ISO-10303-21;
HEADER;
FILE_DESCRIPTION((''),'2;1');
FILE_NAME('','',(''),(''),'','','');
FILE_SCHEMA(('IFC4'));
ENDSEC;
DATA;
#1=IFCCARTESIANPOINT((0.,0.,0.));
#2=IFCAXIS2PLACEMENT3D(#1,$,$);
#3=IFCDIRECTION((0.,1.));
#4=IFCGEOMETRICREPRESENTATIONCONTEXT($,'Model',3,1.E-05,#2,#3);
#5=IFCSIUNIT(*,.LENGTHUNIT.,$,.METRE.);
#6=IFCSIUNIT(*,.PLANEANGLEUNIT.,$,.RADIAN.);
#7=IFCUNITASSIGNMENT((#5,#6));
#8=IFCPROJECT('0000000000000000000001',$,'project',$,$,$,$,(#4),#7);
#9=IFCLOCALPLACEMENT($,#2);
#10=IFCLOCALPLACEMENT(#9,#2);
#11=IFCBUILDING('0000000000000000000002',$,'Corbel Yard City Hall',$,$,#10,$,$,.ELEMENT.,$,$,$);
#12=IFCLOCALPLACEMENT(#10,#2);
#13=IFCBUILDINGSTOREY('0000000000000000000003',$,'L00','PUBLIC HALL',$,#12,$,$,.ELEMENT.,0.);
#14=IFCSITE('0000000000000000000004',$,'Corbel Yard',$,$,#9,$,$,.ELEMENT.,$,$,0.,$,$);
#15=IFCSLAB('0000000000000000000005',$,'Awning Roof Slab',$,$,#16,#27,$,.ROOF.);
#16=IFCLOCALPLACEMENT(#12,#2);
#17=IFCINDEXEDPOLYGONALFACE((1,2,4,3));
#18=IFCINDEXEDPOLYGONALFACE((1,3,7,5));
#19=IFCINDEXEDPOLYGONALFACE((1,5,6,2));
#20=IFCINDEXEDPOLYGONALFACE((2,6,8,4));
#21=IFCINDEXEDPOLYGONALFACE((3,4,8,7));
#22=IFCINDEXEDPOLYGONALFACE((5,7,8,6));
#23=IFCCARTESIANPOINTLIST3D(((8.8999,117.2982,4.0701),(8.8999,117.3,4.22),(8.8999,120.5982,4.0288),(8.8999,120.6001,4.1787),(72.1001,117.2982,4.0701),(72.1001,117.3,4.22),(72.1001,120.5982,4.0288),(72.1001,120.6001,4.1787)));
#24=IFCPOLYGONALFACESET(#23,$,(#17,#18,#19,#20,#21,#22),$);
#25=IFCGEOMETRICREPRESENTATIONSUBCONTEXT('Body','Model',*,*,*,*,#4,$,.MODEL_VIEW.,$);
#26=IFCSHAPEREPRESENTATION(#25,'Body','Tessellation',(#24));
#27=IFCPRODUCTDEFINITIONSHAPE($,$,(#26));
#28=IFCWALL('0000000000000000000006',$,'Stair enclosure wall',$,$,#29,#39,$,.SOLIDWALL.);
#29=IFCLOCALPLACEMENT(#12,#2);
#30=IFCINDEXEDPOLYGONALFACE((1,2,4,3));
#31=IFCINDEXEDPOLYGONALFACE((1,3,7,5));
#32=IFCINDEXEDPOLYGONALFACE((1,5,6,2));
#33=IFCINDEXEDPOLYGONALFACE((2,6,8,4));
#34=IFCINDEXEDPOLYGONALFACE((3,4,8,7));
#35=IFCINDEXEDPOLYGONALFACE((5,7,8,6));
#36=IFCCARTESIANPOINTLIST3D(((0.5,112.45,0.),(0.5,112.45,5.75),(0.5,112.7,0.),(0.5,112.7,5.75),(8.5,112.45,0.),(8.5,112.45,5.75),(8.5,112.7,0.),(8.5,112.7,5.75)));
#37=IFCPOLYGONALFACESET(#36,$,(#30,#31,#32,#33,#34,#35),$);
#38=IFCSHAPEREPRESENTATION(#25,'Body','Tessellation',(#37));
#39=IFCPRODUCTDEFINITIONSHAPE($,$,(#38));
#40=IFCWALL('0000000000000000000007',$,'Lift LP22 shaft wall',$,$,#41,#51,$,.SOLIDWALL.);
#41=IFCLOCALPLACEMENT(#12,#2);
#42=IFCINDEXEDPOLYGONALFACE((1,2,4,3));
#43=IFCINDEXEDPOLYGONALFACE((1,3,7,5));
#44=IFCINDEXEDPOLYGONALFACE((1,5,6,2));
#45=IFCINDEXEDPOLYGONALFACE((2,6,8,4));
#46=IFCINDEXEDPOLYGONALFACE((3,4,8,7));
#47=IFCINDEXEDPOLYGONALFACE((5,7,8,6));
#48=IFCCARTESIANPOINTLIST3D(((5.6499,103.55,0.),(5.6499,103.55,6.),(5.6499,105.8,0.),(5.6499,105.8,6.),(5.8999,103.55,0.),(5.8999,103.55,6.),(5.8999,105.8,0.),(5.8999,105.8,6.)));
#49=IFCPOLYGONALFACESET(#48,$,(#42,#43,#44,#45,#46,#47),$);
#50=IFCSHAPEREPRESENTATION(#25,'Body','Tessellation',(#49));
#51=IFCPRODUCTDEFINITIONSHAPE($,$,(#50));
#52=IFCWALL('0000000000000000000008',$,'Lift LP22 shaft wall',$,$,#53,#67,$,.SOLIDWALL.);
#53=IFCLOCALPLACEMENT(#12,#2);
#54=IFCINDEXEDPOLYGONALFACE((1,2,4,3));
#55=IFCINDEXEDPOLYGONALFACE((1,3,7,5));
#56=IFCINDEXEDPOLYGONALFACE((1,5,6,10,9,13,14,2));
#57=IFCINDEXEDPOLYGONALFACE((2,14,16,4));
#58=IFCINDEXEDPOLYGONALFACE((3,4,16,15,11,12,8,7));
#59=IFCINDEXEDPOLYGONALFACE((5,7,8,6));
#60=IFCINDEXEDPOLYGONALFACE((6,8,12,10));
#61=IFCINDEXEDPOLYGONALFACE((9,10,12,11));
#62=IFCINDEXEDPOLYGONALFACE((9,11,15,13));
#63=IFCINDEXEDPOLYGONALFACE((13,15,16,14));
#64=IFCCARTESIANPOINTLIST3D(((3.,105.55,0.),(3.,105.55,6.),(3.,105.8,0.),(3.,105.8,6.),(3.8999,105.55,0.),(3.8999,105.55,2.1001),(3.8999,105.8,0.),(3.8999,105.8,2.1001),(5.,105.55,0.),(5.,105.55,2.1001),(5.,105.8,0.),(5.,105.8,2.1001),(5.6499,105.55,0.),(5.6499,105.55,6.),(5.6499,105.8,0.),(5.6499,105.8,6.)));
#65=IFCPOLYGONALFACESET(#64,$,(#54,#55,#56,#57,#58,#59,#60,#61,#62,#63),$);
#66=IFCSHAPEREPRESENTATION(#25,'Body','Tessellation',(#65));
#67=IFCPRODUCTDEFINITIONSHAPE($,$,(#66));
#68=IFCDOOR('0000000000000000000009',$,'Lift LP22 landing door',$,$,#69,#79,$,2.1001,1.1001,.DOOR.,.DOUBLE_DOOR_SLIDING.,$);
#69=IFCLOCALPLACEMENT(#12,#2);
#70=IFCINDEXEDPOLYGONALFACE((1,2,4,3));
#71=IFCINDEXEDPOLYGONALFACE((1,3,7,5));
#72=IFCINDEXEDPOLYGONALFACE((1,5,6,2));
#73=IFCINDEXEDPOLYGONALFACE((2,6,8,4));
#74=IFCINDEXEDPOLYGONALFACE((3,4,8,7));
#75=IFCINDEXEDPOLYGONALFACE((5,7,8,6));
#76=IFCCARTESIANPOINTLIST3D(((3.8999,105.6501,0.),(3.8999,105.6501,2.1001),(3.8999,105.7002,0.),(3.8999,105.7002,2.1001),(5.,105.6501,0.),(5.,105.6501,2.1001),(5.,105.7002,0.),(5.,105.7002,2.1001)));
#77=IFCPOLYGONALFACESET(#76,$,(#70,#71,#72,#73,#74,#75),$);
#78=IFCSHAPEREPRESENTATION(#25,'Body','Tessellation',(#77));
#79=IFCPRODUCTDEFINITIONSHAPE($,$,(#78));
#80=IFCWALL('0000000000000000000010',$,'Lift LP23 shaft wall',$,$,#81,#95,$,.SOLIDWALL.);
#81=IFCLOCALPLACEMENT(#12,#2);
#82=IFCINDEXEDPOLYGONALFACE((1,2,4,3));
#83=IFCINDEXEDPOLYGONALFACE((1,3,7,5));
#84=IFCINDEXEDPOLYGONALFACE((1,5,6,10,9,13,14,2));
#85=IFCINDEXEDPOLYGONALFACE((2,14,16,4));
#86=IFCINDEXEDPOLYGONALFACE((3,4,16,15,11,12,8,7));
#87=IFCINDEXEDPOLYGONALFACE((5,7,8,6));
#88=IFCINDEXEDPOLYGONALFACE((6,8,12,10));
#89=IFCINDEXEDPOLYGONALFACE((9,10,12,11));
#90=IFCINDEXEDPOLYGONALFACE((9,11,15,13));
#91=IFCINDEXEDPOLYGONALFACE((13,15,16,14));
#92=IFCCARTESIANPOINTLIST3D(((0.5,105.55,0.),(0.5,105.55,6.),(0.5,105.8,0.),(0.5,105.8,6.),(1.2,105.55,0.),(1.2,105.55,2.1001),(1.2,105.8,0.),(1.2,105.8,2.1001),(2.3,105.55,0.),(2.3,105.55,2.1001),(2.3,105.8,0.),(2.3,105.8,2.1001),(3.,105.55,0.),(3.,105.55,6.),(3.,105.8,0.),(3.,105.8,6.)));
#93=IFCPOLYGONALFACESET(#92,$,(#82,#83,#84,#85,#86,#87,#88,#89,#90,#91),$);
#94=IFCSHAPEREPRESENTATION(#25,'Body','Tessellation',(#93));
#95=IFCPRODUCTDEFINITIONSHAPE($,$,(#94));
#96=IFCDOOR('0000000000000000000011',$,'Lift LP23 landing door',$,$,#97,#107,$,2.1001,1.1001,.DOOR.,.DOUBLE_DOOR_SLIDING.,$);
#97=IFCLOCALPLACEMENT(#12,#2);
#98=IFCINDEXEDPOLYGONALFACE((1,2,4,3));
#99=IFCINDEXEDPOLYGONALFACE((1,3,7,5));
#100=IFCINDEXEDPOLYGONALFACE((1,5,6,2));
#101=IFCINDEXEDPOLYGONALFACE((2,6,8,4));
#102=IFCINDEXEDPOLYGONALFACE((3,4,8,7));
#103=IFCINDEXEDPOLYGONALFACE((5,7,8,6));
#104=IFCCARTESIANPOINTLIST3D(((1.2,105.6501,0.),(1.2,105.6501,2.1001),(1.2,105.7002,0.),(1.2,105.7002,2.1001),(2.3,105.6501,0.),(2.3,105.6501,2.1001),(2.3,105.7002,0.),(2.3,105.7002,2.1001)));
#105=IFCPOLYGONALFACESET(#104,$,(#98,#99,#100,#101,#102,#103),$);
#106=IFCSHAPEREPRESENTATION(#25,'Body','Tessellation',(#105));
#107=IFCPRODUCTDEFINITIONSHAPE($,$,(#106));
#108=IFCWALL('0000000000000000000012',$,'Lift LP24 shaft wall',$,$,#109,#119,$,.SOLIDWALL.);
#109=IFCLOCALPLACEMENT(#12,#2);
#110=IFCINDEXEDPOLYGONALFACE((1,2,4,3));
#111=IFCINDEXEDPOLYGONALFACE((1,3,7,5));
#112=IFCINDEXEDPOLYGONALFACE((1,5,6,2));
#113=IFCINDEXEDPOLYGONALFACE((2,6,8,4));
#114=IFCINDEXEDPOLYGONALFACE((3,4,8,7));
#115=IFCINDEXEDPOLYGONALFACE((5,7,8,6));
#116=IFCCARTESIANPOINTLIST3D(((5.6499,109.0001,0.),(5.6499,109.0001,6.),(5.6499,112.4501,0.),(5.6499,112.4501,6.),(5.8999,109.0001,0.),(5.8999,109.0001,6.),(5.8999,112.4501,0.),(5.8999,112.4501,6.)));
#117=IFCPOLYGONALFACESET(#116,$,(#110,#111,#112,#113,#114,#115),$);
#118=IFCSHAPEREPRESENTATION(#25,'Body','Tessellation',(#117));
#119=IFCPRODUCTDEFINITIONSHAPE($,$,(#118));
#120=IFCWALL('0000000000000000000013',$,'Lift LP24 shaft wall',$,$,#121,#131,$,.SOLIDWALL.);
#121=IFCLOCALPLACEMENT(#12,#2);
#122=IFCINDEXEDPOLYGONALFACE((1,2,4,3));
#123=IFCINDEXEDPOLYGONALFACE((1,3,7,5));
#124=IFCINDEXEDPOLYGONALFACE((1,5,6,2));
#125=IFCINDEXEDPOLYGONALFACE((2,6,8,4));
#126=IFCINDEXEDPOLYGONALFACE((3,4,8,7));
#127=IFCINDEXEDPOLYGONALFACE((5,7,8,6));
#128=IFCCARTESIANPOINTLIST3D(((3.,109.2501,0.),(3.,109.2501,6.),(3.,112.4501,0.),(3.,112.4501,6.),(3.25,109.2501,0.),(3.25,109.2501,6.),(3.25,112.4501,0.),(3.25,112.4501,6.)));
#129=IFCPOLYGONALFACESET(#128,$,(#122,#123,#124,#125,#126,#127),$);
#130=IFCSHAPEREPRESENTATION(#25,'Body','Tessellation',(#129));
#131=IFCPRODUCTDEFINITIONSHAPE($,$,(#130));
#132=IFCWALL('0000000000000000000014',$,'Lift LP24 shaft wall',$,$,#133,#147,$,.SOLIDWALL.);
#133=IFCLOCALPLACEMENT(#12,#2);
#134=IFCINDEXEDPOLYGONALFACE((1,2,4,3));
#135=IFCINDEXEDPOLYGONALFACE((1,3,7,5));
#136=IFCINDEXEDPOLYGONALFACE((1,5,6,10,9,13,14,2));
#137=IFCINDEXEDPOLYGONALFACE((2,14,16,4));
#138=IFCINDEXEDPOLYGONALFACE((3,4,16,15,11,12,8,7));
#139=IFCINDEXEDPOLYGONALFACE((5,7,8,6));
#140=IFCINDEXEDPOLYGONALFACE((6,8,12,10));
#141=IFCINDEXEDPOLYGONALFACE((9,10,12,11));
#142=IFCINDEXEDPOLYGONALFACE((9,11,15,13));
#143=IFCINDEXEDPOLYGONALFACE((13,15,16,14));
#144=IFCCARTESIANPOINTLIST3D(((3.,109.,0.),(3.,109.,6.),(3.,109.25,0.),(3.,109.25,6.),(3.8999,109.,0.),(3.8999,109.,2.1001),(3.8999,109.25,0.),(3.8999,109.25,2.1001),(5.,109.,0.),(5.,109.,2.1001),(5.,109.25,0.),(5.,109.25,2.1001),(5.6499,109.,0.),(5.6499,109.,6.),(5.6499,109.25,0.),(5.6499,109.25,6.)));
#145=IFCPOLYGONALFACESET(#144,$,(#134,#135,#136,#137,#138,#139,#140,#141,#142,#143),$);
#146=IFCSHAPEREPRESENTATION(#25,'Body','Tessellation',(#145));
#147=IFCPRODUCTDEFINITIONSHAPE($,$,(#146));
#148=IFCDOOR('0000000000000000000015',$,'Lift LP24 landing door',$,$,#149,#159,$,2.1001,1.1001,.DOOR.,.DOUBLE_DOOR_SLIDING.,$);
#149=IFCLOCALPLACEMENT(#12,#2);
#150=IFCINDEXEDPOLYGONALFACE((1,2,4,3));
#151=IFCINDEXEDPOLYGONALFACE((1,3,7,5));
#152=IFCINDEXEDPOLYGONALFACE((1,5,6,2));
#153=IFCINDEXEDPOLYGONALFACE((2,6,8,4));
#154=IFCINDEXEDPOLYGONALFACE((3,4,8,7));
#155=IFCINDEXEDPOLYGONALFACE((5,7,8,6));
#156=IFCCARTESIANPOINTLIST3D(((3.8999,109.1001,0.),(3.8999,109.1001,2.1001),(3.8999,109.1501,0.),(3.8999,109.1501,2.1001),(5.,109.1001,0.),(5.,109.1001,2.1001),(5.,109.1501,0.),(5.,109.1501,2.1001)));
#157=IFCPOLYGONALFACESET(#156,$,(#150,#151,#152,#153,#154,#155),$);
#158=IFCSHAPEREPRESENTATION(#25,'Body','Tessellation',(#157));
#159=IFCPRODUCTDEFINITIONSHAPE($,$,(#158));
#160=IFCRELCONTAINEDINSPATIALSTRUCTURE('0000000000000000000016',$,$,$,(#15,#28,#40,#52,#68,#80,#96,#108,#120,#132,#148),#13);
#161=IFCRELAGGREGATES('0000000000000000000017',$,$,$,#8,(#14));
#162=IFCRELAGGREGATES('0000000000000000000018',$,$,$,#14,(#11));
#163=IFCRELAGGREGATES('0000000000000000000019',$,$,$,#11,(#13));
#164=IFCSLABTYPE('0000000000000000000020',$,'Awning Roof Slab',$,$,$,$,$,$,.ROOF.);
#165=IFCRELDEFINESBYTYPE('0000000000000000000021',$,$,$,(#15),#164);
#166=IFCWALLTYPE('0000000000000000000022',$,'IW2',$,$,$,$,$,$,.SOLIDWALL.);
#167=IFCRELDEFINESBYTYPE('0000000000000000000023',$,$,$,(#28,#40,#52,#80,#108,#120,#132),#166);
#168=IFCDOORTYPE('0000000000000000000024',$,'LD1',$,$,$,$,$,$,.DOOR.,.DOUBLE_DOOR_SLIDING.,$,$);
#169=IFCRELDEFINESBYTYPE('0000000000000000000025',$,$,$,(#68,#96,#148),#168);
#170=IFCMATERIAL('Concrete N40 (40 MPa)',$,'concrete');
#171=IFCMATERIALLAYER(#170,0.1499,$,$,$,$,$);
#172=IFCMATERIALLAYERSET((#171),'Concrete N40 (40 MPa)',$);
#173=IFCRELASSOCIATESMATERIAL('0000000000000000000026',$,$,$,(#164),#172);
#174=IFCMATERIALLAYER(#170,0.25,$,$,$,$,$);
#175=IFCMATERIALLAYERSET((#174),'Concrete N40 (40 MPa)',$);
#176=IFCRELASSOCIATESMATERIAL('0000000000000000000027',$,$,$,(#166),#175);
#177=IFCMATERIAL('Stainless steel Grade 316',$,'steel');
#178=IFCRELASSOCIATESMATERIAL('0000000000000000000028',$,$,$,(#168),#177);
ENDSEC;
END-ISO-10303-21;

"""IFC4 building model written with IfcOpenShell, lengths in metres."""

from ifc_helpers import new_model, si_unit, direction, frame, frame_2d, origin, place, context, subcontext, project, spatial, polyline, rectangle, outline, extrude, material, layer, layer_set, type_object, element, fill, save


model = new_model("IFC4")

# Units and contexts
model_context = context("Model", 3, precision=1e-05, world=origin(), true_north=direction((0.0, 1.0)))
body_context = subcontext(model_context, "Body", "Model", "MODEL_VIEW")
ifc_project = project(units=[si_unit("LENGTHUNIT", "METRE"), si_unit("PLANEANGLEUNIT", "RADIAN")], contexts=[model_context])

# Site, building, storey
site_placement = place(None, origin())
site = spatial("IfcSite", under=ifc_project, at=site_placement, Name="Corbel Yard", CompositionType="ELEMENT", RefElevation=0.0)
building_placement = place(site_placement, origin())
building = spatial("IfcBuilding", under=site, at=building_placement, Name="Corbel Yard City Hall", CompositionType="ELEMENT")
storey_placement = place(building_placement, origin())
storey = spatial("IfcBuildingStorey", under=building, at=storey_placement, Name="L00", Description="PUBLIC HALL", CompositionType="ELEMENT", Elevation=0.0)

# Slab
ifc_material_1 = material(Name="Concrete N40 (40 MPa)", Category="concrete")
ifc_layer_1 = layer(ifc_material_1, 0.1499)
ifc_layer_set_1 = layer_set([ifc_layer_1], Name="Concrete N40 (40 MPa)")
slab_type = type_object("IfcSlabType", Name="Awning Roof Slab", PredefinedType="ROOF", material=ifc_layer_set_1)
slab_placement = place(storey_placement, frame((8.8999, 117.3, 4.22), z_axis=(0.0, 0.012502, 0.999922), x_axis=(1.0, 0.0, 0.0)))
element("IfcSlab", 1, at=slab_placement, inside=storey, type_object=slab_type, Name="Awning Roof Slab", PredefinedType="ROOF", context=body_context, shape_type="SweptSolid", body=[
    extrude(outline(polyline([(0.0, 0.0), (63.2002, 0.0), (63.2002, 3.3003), (0.0, 3.3003), (0.0, 0.0)])), origin(), (0.0, 0.0, -1.0), 0.1499),
])

# Walls
ifc_layer_2 = layer(ifc_material_1, 0.25)
ifc_layer_set_2 = layer_set([ifc_layer_2], Name="Concrete N40 (40 MPa)")
wall_type_1 = type_object("IfcWallType", Name="IW2", PredefinedType="SOLIDWALL", material=ifc_layer_set_2)
wall_1_placement = place(storey_placement, frame((8.5, 112.575, 0.0), z_axis=(0.0, 0.0, 1.0), x_axis=(-1.0, 0.0, 0.0)))
element("IfcWall", 2, at=wall_1_placement, inside=storey, type_object=wall_type_1, Name="Stair enclosure wall", PredefinedType="SOLIDWALL", context=body_context, shape_type="SweptSolid", body=[
    extrude(rectangle(XDim=8.0, YDim=0.25, at=frame_2d((4.0, 0.0))), origin(), (0.0, 0.0, 1.0), 5.75),
])
wall_2_placement = place(storey_placement, frame((5.7749, 103.55, 0.0), z_axis=(0.0, 0.0, 1.0), x_axis=(0.0, 1.0, 0.0)))
element("IfcWall", 3, at=wall_2_placement, inside=storey, type_object=wall_type_1, Name="Lift LP22 shaft wall", PredefinedType="SOLIDWALL", context=body_context, shape_type="SweptSolid", body=[
    extrude(rectangle(XDim=2.25, YDim=0.25, at=frame_2d((1.125, 0.0))), origin(), (0.0, 0.0, 1.0), 6.0),
])

# Walls, openings, doors
wall_3_placement = place(storey_placement, frame((5.6499, 105.675, 0.0), z_axis=(0.0, 0.0, 1.0), x_axis=(-1.0, 0.0, 0.0)))
wall_3 = element("IfcWall", 4, at=wall_3_placement, inside=storey, type_object=wall_type_1, Name="Lift LP22 shaft wall", PredefinedType="SOLIDWALL", context=body_context, shape_type="SweptSolid", body=[
    extrude(rectangle(XDim=2.6499, YDim=0.25, at=frame_2d((1.325, 0.0))), origin(), (0.0, 0.0, 1.0), 6.0),
])
opening_1_placement = place(wall_3_placement, frame((0.6499, 0.0, 0.0)))
opening_1 = element("IfcOpeningElement", 5, at=opening_1_placement, cuts=wall_3, PredefinedType="OPENING", context=body_context, shape_type="SweptSolid", body=[
    extrude(rectangle(XDim=1.1001, YDim=2.1001, at=frame_2d((0.55, 1.05))), frame((0.0, 0.135, 0.0), z_axis=(0.0, -1.0, 0.0), x_axis=(1.0, 0.0, 0.0)), (0.0, 0.0, 1.0), 0.27),
])
ifc_material_2 = material(Name="Stainless steel Grade 316", Category="steel")
door_type_1 = type_object("IfcDoorType", Name="LD1", OperationType="DOUBLE_DOOR_SLIDING", PredefinedType="DOOR", material=ifc_material_2)
door_1_placement = place(opening_1_placement, origin())
door_1 = element("IfcDoor", 6, at=door_1_placement, inside=storey, type_object=door_type_1, Name="Lift LP22 landing door", OperationType="DOUBLE_DOOR_SLIDING", OverallHeight=2.1001, OverallWidth=1.1001, PredefinedType="DOOR", context=body_context, shape_type="SweptSolid", body=[
    extrude(rectangle(XDim=1.1001, YDim=2.1001, at=frame_2d((0.55, 1.05))), frame((0.0, 0.0249, 0.0), z_axis=(0.0, -1.0, 0.0), x_axis=(1.0, 0.0, 0.0)), (0.0, 0.0, 1.0), 0.05),
])
fill(opening_1, door_1)
wall_4_placement = place(storey_placement, frame((3.0, 105.675, 0.0), z_axis=(0.0, 0.0, 1.0), x_axis=(-1.0, 0.0, 0.0)))
wall_4 = element("IfcWall", 7, at=wall_4_placement, inside=storey, type_object=wall_type_1, Name="Lift LP23 shaft wall", PredefinedType="SOLIDWALL", context=body_context, shape_type="SweptSolid", body=[
    extrude(rectangle(XDim=2.5, YDim=0.25, at=frame_2d((1.25, 0.0))), origin(), (0.0, 0.0, 1.0), 6.0),
])
opening_2_placement = place(wall_4_placement, frame((0.7, 0.0, 0.0)))
opening_2 = element("IfcOpeningElement", 8, at=opening_2_placement, cuts=wall_4, PredefinedType="OPENING", context=body_context, shape_type="SweptSolid", body=[
    extrude(rectangle(XDim=1.1001, YDim=2.1001, at=frame_2d((0.55, 1.05))), frame((0.0, 0.135, 0.0), z_axis=(0.0, -1.0, 0.0), x_axis=(1.0, 0.0, 0.0)), (0.0, 0.0, 1.0), 0.27),
])
door_2_placement = place(opening_2_placement, origin())
door_2 = element("IfcDoor", 9, at=door_2_placement, inside=storey, type_object=door_type_1, Name="Lift LP23 landing door", OperationType="DOUBLE_DOOR_SLIDING", OverallHeight=2.1001, OverallWidth=1.1001, PredefinedType="DOOR", context=body_context, shape_type="SweptSolid", body=[
    extrude(rectangle(XDim=1.1001, YDim=2.1001, at=frame_2d((0.55, 1.05))), frame((0.0, 0.0249, 0.0), z_axis=(0.0, -1.0, 0.0), x_axis=(1.0, 0.0, 0.0)), (0.0, 0.0, 1.0), 0.05),
])
fill(opening_2, door_2)

# Walls
wall_5_placement = place(storey_placement, frame((5.7749, 109.0, 0.0), z_axis=(0.0, 0.0, 1.0), x_axis=(0.0, 1.0, 0.0)))
element("IfcWall", 10, at=wall_5_placement, inside=storey, type_object=wall_type_1, Name="Lift LP24 shaft wall", PredefinedType="SOLIDWALL", context=body_context, shape_type="SweptSolid", body=[
    extrude(rectangle(XDim=3.45, YDim=0.25, at=frame_2d((1.7251, 0.0))), origin(), (0.0, 0.0, 1.0), 6.0),
])
wall_6_placement = place(storey_placement, frame((3.125, 109.25, 0.0), z_axis=(0.0, 0.0, 1.0), x_axis=(0.0, 1.0, 0.0)))
element("IfcWall", 11, at=wall_6_placement, inside=storey, type_object=wall_type_1, Name="Lift LP24 shaft wall", PredefinedType="SOLIDWALL", context=body_context, shape_type="SweptSolid", body=[
    extrude(rectangle(XDim=3.2, YDim=0.25, at=frame_2d((1.6001, 0.0))), origin(), (0.0, 0.0, 1.0), 6.0),
])

# Wall, opening, door
wall_7_placement = place(storey_placement, frame((5.6499, 109.125, 0.0), z_axis=(0.0, 0.0, 1.0), x_axis=(-1.0, 0.0, 0.0)))
wall_7 = element("IfcWall", 12, at=wall_7_placement, inside=storey, type_object=wall_type_1, Name="Lift LP24 shaft wall", PredefinedType="SOLIDWALL", context=body_context, shape_type="SweptSolid", body=[
    extrude(rectangle(XDim=2.6499, YDim=0.25, at=frame_2d((1.325, 0.0))), origin(), (0.0, 0.0, 1.0), 6.0),
])
opening_3_placement = place(wall_7_placement, frame((0.6499, 0.0, 0.0)))
opening_3 = element("IfcOpeningElement", 13, at=opening_3_placement, cuts=wall_7, PredefinedType="OPENING", context=body_context, shape_type="SweptSolid", body=[
    extrude(rectangle(XDim=1.1001, YDim=2.1001, at=frame_2d((0.55, 1.05))), frame((0.0, 0.135, 0.0), z_axis=(0.0, -1.0, 0.0), x_axis=(1.0, 0.0, 0.0)), (0.0, 0.0, 1.0), 0.27),
])
door_3_placement = place(opening_3_placement, origin())
door_3 = element("IfcDoor", 14, at=door_3_placement, inside=storey, type_object=door_type_1, Name="Lift LP24 landing door", OperationType="DOUBLE_DOOR_SLIDING", OverallHeight=2.1001, OverallWidth=1.1001, PredefinedType="DOOR", context=body_context, shape_type="SweptSolid", body=[
    extrude(rectangle(XDim=1.1001, YDim=2.1001, at=frame_2d((0.55, 1.05))), frame((0.0, 0.0249, 0.0), z_axis=(0.0, -1.0, 0.0), x_axis=(1.0, 0.0, 0.0)), (0.0, 0.0, 1.0), 0.05),
])
fill(opening_3, door_3)

save(model, "model.ifc")
